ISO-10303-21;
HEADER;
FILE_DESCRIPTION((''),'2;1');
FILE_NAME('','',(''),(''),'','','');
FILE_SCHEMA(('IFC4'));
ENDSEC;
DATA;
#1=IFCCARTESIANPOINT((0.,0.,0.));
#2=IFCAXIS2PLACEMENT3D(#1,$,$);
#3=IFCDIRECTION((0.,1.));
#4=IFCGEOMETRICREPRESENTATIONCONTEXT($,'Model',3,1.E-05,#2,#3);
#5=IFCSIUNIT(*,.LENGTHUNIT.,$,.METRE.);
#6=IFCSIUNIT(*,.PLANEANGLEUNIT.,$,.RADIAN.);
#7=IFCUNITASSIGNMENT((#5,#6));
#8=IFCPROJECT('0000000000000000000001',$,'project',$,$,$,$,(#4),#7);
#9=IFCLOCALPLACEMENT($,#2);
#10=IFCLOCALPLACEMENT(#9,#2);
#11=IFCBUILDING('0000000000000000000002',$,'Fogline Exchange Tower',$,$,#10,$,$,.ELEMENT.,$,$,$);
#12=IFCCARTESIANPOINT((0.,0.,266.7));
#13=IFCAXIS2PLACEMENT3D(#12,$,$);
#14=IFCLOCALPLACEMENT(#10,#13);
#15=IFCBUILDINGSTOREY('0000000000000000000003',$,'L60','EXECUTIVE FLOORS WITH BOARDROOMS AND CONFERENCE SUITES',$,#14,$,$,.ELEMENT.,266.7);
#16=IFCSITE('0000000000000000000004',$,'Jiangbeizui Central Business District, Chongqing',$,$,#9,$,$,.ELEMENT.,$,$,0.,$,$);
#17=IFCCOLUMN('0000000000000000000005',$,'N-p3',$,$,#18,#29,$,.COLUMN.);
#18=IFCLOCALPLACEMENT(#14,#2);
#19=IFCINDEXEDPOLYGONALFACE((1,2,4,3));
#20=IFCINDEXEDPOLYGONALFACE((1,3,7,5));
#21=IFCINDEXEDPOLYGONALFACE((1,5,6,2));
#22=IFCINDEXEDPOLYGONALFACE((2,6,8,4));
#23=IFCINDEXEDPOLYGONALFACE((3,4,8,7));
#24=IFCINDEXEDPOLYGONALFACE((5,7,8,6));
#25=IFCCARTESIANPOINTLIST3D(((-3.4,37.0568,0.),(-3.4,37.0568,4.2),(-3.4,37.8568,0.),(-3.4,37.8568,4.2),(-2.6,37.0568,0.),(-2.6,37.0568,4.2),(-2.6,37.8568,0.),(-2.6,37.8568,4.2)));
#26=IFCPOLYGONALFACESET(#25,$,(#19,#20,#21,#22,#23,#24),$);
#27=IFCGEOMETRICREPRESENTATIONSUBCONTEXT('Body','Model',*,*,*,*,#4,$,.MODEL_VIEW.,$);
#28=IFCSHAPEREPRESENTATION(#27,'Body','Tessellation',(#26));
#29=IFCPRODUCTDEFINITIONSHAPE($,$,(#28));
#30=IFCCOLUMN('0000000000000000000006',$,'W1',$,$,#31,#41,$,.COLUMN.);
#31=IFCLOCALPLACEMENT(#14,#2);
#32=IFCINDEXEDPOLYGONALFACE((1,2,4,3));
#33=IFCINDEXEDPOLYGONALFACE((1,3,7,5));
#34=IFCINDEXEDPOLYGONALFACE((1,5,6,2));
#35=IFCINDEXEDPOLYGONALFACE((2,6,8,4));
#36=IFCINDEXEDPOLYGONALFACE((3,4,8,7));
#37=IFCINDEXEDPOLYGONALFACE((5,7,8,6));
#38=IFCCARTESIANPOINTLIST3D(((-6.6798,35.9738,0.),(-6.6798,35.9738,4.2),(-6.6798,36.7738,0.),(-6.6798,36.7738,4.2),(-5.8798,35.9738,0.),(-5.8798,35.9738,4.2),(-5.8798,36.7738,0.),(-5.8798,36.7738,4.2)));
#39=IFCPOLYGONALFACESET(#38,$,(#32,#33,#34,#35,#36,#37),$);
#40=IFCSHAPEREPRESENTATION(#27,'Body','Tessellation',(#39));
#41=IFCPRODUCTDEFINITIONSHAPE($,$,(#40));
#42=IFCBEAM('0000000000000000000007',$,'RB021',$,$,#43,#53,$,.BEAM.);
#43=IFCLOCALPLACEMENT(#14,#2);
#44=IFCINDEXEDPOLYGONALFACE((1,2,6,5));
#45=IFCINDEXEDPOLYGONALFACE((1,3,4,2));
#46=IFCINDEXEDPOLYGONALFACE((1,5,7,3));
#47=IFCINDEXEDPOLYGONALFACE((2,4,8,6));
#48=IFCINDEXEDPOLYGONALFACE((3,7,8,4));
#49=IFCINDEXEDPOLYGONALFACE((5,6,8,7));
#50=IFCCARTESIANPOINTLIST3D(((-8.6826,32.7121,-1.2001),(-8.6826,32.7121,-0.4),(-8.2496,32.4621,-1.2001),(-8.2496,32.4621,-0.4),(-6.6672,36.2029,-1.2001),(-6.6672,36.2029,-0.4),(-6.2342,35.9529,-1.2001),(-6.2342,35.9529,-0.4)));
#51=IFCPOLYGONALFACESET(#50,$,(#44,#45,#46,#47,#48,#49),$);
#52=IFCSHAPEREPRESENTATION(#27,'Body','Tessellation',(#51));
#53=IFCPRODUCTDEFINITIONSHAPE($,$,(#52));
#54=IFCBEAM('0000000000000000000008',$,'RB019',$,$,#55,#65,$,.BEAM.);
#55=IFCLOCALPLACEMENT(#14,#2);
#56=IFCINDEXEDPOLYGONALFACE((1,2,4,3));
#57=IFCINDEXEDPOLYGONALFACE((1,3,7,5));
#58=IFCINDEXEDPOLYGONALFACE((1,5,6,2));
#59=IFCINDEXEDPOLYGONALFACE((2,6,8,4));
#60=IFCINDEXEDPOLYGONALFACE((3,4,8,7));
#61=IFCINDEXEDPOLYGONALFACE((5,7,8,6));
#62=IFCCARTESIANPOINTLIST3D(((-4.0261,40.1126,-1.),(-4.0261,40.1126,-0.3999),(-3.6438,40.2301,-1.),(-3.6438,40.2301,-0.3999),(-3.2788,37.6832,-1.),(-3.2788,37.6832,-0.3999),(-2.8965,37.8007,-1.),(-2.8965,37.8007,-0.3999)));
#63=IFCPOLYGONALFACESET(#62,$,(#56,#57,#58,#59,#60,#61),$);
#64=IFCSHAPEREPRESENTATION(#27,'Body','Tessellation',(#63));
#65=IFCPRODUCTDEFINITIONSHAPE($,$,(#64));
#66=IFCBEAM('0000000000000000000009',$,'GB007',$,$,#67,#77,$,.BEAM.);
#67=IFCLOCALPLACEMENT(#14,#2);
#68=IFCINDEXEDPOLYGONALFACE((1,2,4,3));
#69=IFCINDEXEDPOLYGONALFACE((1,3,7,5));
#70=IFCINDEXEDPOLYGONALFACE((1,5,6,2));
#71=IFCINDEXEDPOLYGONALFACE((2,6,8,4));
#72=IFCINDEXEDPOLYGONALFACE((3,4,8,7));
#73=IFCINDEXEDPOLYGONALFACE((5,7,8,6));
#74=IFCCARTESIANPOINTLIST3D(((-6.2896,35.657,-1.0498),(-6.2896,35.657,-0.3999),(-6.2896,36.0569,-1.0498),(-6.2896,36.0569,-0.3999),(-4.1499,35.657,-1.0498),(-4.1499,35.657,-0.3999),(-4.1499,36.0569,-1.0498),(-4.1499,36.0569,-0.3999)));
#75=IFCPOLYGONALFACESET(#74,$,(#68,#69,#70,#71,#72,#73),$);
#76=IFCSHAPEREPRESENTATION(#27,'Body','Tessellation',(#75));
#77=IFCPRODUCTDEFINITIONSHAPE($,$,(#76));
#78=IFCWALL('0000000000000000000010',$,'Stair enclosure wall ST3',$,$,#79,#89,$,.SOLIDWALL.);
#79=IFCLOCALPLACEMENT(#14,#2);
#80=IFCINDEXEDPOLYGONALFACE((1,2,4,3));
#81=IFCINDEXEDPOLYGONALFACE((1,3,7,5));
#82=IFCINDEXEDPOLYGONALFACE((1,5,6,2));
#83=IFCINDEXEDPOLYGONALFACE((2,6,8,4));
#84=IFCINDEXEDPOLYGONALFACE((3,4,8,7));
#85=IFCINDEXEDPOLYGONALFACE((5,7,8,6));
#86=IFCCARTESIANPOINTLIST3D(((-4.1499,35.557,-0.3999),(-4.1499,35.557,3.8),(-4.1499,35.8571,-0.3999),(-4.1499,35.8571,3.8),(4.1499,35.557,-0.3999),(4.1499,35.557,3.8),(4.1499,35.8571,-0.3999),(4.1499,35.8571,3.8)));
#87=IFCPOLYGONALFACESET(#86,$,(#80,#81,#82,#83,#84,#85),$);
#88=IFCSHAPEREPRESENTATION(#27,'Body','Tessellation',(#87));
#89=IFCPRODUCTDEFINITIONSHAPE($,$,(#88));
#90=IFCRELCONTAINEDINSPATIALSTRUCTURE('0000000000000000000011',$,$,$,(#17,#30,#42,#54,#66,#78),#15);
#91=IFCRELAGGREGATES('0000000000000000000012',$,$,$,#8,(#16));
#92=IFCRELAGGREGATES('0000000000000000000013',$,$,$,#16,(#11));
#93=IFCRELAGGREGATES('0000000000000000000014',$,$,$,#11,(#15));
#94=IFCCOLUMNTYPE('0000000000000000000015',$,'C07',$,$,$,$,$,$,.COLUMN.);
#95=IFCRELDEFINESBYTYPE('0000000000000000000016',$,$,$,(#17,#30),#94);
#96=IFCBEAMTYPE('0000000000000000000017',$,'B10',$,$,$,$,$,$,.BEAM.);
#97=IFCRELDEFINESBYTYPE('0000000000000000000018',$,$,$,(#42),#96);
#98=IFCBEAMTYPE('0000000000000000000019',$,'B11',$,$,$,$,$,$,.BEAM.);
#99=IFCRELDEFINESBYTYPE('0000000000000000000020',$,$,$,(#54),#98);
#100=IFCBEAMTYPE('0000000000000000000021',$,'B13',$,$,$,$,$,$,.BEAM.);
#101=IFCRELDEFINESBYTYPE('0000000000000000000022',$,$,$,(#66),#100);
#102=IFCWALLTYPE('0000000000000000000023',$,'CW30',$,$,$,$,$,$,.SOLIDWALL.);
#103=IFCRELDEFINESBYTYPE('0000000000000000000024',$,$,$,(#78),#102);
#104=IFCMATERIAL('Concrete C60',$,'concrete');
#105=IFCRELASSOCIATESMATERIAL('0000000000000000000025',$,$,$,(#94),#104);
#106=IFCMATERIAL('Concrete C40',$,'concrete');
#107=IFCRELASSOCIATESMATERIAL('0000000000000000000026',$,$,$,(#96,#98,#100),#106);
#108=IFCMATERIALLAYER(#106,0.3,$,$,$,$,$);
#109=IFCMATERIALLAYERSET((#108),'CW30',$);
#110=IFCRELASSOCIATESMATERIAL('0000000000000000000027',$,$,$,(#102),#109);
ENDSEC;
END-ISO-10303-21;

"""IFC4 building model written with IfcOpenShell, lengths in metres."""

from ifc_helpers import new_model, si_unit, direction, frame, frame_2d, origin, origin_2d, place, context, subcontext, project, spatial, rectangle, extrude, material, layer, layer_set, material_profile, profile_set, type_object, element, save


model = new_model("IFC4")

# Units and contexts
model_context = context("Model", 3, precision=1e-05, world=origin(), true_north=direction((0.0, 1.0)))
body_context = subcontext(model_context, "Body", "Model", "MODEL_VIEW")
ifc_project = project(units=[si_unit("LENGTHUNIT", "METRE"), si_unit("PLANEANGLEUNIT", "RADIAN")], contexts=[model_context])

# Site, building, storey
site_placement = place(None, origin())
site = spatial("IfcSite", under=ifc_project, at=site_placement, Name="Jiangbeizui Central Business District, Chongqing", CompositionType="ELEMENT", RefElevation=0.0)
building_placement = place(site_placement, origin())
building = spatial("IfcBuilding", under=site, at=building_placement, Name="Fogline Exchange Tower", CompositionType="ELEMENT")
storey_placement = place(building_placement, frame((0.0, 0.0, 266.7)))
storey = spatial("IfcBuildingStorey", under=building, at=storey_placement, Name="L60", Description="EXECUTIVE FLOORS WITH BOARDROOMS AND CONFERENCE SUITES", CompositionType="ELEMENT", Elevation=266.7)

# Columns
ifc_material_1 = material(Name="Concrete C60", Category="concrete")
ifc_material_profile_1 = material_profile(ifc_material_1, rectangle(XDim=0.8, YDim=0.8, at=origin_2d()), Name="RC 800x800")
ifc_profile_set_1 = profile_set([ifc_material_profile_1], Name="Concrete C60")
column_type = type_object("IfcColumnType", Name="C07", PredefinedType="COLUMN", material=ifc_profile_set_1)
for number, where, z_axis, x_axis, name in (
    (1, (-3.0, 37.4568, 0.0), (0.0, 0.0, 1.0), (1.0, 0.0, 0.0), "N-p3"),
    (2, (-6.2798, 36.3738, 0.0), (0.0, 0.0, 1.0), (1.0, 0.0, 0.0), "W1"),
):
    element("IfcColumn", number, at=place(storey_placement, frame(where, z_axis=z_axis, x_axis=x_axis)), inside=storey, type_object=column_type, Name=name, PredefinedType="COLUMN", context=body_context, shape_type="SweptSolid", body=[
        extrude(rectangle(XDim=0.8, YDim=0.8, at=origin_2d()), origin(), (0.0, 0.0, 1.0), 4.2),
    ])

# Beams
ifc_material_2 = material(Name="Concrete C40", Category="concrete")
ifc_material_profile_2 = material_profile(ifc_material_2, rectangle(XDim=0.5, YDim=0.8, at=origin_2d()), Name="RC 500x800")
ifc_profile_set_2 = profile_set([ifc_material_profile_2], Name="Concrete C40")
beam_type_1 = type_object("IfcBeamType", Name="B10", PredefinedType="BEAM", material=ifc_profile_set_2)
beam_1_placement = place(storey_placement, frame((-6.4507, 36.0779, -0.8), z_axis=(-0.500002, -0.866024, 0.0), x_axis=(0.866024, -0.500002, 0.0)))
element("IfcBeam", 3, at=beam_1_placement, inside=storey, type_object=beam_type_1, Name="RB021", PredefinedType="BEAM", context=body_context, shape_type="SweptSolid", body=[
    extrude(rectangle(XDim=0.5, YDim=0.8, at=origin_2d()), origin(), (0.0, 0.0, 1.0), 4.0308),
])
ifc_material_profile_3 = material_profile(ifc_material_2, rectangle(XDim=0.3999, YDim=0.6001, at=origin_2d()), Name="RC 400x600")
ifc_profile_set_3 = profile_set([ifc_material_profile_3], Name="Concrete C40")
beam_type_2 = type_object("IfcBeamType", Name="B11", PredefinedType="BEAM", material=ifc_profile_set_3)
beam_2_placement = place(storey_placement, frame((-3.0876, 37.7419, -0.7), z_axis=(-0.294012, 0.955802, 0.0), x_axis=(-0.955802, -0.294012, 0.0)))
element("IfcBeam", 4, at=beam_2_placement, inside=storey, type_object=beam_type_2, Name="RB019", PredefinedType="BEAM", context=body_context, shape_type="SweptSolid", body=[
    extrude(rectangle(XDim=0.3999, YDim=0.6001, at=origin_2d()), origin(), (0.0, 0.0, 1.0), 2.5417),
])
ifc_material_profile_4 = material_profile(ifc_material_2, rectangle(XDim=0.3999, YDim=0.6499, at=origin_2d()), Name="RC 400x650")
ifc_profile_set_4 = profile_set([ifc_material_profile_4], Name="Concrete C40")
beam_type_3 = type_object("IfcBeamType", Name="B13", PredefinedType="BEAM", material=ifc_profile_set_4)
beam_3_placement = place(storey_placement, frame((-6.2896, 35.8569, -0.7249), z_axis=(1.0, 0.0, 0.0), x_axis=(0.0, 1.0, 0.0)))
element("IfcBeam", 5, at=beam_3_placement, inside=storey, type_object=beam_type_3, Name="GB007", PredefinedType="BEAM", context=body_context, shape_type="SweptSolid", body=[
    extrude(rectangle(XDim=0.3999, YDim=0.6499, at=origin_2d()), origin(), (0.0, 0.0, 1.0), 2.1396),
])

# Wall
ifc_layer = layer(ifc_material_2, 0.3)
ifc_layer_set = layer_set([ifc_layer], Name="CW30")
wall_type = type_object("IfcWallType", Name="CW30", PredefinedType="SOLIDWALL", material=ifc_layer_set)
wall_placement = place(storey_placement, frame((-4.1499, 35.707, -0.3999), z_axis=(0.0, 0.0, 1.0), x_axis=(1.0, 0.0, 0.0)))
element("IfcWall", 6, at=wall_placement, inside=storey, type_object=wall_type, Name="Stair enclosure wall ST3", PredefinedType="SOLIDWALL", context=body_context, shape_type="SweptSolid", body=[
    extrude(rectangle(XDim=8.2998, YDim=0.3, at=frame_2d((4.1499, 0.0))), origin(), (0.0, 0.0, 1.0), 4.2),
])

save(model, "model.ifc")
